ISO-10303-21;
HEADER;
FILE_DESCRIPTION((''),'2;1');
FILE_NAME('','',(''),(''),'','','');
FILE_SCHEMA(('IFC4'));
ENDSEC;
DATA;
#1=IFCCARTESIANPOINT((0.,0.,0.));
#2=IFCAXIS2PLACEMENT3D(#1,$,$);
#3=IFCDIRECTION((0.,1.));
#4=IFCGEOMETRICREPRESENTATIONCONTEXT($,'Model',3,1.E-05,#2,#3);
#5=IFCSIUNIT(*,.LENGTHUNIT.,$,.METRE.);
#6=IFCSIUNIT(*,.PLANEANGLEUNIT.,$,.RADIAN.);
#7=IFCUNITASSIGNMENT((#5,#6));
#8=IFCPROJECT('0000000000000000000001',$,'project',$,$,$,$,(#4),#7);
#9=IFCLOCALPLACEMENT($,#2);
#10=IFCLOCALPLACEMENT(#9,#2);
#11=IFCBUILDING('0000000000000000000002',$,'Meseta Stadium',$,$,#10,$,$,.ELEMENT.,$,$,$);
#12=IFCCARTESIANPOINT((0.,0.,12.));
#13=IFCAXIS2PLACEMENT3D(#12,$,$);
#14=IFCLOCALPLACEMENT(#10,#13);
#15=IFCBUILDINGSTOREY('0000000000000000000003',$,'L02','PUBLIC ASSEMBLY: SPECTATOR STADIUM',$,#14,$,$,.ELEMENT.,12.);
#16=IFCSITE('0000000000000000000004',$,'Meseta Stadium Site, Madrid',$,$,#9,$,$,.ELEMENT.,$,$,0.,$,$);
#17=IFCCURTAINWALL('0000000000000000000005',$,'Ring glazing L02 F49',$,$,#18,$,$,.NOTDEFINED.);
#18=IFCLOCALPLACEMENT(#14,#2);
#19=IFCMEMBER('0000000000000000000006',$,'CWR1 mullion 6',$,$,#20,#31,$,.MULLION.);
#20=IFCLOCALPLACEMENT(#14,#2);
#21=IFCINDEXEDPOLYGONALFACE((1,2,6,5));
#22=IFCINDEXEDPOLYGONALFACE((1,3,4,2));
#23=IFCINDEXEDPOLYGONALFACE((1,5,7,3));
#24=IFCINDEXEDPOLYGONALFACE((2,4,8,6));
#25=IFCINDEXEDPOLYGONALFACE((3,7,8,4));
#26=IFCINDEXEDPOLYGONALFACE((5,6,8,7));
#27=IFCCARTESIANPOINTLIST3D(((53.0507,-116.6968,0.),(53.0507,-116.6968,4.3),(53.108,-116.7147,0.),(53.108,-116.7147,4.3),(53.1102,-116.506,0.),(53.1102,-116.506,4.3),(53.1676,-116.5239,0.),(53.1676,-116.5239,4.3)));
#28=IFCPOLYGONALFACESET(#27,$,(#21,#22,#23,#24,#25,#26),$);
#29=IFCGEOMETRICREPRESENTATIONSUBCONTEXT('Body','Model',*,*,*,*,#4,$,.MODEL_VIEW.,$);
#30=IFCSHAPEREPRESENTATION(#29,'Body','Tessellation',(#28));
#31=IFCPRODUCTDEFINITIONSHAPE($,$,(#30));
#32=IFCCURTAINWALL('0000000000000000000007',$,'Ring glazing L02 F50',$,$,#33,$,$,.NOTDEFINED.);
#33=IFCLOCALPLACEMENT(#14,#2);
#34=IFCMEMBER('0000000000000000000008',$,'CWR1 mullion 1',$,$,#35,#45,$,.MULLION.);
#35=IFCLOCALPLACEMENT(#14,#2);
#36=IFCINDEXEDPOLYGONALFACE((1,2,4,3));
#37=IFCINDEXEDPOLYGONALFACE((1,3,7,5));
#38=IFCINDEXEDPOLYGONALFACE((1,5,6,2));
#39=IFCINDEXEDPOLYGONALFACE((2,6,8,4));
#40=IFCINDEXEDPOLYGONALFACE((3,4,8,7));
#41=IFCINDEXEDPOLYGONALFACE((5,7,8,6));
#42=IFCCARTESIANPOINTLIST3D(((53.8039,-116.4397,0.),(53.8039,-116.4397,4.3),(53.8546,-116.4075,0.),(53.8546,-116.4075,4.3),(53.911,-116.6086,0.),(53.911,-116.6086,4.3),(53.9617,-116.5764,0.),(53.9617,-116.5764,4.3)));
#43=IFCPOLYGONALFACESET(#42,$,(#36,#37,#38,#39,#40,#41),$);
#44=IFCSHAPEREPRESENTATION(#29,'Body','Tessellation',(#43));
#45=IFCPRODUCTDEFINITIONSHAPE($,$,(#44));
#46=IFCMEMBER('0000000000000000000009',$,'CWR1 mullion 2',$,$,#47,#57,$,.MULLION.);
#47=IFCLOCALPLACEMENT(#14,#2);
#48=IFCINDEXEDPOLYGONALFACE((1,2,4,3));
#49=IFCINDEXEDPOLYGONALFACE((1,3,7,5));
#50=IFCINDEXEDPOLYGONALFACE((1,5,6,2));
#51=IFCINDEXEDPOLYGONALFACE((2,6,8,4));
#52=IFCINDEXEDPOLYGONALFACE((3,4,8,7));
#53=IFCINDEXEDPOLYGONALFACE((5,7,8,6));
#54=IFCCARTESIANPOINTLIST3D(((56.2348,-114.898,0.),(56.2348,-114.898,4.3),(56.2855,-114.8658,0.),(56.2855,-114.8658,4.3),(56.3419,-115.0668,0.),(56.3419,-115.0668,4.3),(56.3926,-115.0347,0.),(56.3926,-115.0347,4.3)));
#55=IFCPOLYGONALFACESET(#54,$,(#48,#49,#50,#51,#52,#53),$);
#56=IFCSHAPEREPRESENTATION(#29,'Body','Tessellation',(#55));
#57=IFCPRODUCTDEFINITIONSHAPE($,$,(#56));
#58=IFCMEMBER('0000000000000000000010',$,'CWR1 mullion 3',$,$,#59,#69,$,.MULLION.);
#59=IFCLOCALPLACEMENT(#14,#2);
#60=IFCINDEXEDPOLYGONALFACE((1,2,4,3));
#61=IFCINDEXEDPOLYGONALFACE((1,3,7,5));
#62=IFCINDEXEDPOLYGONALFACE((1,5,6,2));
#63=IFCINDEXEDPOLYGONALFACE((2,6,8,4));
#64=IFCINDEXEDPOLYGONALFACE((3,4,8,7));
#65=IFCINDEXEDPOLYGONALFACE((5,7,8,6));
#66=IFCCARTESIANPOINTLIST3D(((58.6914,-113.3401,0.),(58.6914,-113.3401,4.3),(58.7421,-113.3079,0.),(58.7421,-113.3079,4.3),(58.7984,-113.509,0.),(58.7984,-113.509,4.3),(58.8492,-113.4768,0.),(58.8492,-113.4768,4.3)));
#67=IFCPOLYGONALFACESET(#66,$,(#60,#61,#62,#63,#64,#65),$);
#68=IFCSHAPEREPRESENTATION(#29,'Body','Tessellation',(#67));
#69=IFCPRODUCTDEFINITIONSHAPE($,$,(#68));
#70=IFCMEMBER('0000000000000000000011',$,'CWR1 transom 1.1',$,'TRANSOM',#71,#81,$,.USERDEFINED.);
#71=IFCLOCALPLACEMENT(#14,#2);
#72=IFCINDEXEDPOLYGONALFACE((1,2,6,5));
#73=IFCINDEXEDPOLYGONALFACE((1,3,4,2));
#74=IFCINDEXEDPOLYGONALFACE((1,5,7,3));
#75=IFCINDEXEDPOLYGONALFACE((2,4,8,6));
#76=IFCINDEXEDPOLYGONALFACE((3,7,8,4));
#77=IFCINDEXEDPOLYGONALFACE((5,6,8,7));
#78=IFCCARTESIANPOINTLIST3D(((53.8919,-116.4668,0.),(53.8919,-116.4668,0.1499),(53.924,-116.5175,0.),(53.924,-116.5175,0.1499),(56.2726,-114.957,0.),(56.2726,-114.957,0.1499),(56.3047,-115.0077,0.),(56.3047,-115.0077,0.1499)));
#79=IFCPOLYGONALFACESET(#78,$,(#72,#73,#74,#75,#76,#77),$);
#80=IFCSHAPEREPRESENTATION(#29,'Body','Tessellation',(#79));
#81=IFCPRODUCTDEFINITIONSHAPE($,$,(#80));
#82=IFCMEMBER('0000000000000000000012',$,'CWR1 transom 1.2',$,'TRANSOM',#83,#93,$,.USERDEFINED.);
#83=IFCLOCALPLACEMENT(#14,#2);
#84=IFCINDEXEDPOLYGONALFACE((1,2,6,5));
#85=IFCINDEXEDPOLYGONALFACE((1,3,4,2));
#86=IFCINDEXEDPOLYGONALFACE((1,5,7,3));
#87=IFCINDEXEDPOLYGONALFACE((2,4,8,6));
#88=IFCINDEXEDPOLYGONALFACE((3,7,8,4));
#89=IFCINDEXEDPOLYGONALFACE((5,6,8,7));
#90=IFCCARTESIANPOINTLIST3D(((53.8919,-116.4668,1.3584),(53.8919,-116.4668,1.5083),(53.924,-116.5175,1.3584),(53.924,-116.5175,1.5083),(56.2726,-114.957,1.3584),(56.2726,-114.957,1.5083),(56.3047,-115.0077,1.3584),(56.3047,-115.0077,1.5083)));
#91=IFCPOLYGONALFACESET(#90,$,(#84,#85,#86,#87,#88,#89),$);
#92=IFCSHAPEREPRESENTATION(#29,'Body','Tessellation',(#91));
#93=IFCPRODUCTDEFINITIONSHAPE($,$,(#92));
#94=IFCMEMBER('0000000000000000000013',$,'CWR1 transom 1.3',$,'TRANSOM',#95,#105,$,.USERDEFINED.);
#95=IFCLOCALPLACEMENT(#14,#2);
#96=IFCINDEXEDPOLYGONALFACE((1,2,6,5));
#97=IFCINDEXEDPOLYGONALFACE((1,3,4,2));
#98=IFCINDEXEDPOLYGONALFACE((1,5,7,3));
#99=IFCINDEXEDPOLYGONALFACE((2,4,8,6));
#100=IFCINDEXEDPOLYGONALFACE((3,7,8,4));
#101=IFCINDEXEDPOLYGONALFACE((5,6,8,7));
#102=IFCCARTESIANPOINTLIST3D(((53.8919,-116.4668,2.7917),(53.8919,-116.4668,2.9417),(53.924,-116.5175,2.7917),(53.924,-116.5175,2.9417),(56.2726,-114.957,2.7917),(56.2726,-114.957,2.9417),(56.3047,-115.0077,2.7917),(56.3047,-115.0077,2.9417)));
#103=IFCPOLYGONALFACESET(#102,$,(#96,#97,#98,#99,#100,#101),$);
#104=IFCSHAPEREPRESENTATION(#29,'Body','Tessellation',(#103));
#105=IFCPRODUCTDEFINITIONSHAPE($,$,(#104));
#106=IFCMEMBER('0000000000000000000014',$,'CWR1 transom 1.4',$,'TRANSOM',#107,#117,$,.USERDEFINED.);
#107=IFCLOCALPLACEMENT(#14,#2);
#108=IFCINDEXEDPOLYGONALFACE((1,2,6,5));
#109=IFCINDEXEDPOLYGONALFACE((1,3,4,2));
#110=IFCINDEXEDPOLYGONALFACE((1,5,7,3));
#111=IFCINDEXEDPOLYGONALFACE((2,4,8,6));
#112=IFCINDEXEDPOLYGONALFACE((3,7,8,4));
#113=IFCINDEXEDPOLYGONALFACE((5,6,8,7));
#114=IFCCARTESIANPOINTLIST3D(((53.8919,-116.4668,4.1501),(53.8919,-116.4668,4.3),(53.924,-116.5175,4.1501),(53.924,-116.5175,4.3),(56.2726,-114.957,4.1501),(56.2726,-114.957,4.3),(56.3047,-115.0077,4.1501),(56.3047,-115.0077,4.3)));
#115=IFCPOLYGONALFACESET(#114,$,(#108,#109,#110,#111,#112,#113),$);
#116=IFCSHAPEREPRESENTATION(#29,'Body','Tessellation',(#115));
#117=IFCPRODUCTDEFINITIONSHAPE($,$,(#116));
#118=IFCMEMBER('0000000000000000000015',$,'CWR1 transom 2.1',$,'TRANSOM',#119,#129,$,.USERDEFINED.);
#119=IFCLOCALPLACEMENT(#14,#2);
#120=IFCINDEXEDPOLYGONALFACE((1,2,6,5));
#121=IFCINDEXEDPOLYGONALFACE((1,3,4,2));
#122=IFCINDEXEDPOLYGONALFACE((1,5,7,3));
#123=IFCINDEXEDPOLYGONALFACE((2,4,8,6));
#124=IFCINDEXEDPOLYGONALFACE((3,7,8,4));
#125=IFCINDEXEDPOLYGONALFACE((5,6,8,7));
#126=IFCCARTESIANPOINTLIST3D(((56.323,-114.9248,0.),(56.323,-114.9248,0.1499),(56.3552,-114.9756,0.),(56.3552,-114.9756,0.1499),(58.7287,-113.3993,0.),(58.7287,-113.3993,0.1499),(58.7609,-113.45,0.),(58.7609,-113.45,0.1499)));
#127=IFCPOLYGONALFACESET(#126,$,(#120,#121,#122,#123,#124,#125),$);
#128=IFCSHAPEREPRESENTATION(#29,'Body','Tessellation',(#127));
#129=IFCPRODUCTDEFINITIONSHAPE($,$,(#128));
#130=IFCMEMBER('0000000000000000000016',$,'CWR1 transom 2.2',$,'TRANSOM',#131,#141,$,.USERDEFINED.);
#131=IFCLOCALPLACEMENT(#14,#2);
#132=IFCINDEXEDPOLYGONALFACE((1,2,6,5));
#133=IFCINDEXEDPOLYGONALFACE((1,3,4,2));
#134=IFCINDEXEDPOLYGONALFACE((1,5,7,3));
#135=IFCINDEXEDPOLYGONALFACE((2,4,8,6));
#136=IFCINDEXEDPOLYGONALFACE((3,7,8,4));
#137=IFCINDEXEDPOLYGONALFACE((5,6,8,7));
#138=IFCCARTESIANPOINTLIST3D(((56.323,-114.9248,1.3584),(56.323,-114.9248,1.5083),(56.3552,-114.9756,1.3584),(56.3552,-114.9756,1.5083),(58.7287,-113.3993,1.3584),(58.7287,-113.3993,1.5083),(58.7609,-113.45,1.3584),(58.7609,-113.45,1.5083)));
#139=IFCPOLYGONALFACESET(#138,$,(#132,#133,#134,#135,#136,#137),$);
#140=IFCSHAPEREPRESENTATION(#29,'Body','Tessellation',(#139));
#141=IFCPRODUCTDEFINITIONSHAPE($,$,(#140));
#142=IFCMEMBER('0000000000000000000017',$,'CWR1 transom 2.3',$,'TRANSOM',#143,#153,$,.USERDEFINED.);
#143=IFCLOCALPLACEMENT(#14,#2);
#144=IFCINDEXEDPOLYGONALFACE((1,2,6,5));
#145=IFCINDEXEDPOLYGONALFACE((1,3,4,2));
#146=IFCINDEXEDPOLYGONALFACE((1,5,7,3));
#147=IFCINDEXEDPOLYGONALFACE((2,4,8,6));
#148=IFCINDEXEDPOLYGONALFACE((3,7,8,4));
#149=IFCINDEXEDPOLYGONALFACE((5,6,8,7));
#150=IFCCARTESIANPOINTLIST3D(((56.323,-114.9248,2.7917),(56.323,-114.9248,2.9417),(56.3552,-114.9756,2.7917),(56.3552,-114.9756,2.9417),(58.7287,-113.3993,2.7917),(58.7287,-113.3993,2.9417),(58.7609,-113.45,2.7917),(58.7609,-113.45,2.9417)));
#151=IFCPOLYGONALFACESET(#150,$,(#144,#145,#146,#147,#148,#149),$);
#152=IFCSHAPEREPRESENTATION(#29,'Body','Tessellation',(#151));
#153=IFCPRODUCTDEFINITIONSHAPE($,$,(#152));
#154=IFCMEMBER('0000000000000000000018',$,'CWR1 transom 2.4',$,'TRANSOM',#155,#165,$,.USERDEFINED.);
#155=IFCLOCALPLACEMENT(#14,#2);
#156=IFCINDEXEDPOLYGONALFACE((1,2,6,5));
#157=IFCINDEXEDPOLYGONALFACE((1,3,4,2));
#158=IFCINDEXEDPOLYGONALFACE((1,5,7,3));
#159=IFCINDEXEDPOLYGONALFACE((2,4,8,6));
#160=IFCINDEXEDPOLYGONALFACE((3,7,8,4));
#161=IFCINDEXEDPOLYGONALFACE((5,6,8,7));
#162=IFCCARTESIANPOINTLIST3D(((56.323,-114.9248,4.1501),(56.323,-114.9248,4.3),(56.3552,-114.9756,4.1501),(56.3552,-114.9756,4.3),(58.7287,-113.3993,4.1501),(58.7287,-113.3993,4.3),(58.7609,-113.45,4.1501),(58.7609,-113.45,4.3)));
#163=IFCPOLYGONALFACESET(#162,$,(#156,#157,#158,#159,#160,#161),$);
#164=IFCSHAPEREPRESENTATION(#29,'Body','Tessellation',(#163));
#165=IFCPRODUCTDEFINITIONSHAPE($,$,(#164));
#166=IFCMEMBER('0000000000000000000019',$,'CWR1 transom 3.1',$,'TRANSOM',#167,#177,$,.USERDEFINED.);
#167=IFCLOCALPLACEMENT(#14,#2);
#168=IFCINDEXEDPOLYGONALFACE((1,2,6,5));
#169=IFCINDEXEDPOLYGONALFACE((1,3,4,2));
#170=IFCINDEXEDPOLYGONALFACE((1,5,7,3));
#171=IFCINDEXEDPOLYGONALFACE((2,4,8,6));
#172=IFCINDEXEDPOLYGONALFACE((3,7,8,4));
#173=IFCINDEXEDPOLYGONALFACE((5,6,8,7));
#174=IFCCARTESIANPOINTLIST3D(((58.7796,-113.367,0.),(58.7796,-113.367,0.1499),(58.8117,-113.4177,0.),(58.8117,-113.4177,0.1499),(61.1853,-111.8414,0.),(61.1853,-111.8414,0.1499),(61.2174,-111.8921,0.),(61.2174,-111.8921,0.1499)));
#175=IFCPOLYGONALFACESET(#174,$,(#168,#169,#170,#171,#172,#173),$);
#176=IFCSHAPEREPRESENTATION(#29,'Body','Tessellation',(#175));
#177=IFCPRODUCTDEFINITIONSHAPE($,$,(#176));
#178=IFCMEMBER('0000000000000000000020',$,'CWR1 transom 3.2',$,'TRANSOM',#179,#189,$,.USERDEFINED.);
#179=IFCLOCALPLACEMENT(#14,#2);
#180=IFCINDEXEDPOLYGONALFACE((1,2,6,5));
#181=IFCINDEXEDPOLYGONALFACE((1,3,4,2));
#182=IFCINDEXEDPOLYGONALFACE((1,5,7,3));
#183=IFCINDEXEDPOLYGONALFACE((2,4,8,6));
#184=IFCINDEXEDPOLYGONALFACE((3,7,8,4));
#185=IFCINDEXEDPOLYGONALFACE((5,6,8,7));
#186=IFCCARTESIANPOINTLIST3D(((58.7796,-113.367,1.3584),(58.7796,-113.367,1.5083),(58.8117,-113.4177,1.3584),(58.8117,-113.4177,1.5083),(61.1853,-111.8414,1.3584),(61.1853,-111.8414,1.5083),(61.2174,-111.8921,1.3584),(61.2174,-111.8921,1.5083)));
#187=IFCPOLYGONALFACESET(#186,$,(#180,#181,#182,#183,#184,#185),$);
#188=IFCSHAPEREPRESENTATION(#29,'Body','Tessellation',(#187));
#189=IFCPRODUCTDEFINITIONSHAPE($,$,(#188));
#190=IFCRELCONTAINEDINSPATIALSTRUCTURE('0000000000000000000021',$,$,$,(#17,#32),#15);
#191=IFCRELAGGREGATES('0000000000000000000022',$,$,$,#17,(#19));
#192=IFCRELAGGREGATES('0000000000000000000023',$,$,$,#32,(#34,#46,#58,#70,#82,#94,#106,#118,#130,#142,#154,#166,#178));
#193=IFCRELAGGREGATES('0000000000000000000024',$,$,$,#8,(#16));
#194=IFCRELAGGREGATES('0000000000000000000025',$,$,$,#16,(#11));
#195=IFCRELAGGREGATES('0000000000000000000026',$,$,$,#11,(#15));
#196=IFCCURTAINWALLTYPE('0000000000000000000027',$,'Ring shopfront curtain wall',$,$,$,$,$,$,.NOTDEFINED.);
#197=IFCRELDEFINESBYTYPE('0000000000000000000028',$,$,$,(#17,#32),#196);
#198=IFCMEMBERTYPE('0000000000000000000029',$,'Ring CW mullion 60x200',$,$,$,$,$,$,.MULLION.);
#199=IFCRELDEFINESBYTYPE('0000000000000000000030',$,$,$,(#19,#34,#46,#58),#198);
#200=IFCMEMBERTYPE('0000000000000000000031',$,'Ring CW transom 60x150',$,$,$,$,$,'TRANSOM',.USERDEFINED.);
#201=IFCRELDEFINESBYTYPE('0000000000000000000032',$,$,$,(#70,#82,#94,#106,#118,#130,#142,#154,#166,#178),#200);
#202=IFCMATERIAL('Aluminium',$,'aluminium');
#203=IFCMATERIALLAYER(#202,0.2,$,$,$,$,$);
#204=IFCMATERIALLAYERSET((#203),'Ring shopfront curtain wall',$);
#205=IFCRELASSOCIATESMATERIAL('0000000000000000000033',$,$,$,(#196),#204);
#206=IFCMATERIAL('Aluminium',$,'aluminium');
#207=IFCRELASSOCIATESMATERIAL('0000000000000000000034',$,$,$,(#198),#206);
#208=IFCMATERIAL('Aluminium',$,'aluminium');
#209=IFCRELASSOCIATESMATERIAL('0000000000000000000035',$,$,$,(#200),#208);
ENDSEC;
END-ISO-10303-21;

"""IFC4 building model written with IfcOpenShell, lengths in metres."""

from ifc_helpers import new_model, si_unit, direction, frame, origin, origin_2d, place, context, subcontext, project, spatial, rectangle, extrude, material, layer, layer_set, material_profile, profile_set, type_object, element, aggregate, save


model = new_model("IFC4")

# Units and contexts
model_context = context("Model", 3, precision=1e-05, world=origin(), true_north=direction((0.0, 1.0)))
body_context = subcontext(model_context, "Body", "Model", "MODEL_VIEW")
ifc_project = project(units=[si_unit("LENGTHUNIT", "METRE"), si_unit("PLANEANGLEUNIT", "RADIAN")], contexts=[model_context])

# Site, building, storey
site_placement = place(None, origin())
site = spatial("IfcSite", under=ifc_project, at=site_placement, Name="Meseta Stadium Site, Madrid", CompositionType="ELEMENT", RefElevation=0.0)
building_placement = place(site_placement, origin())
building = spatial("IfcBuilding", under=site, at=building_placement, Name="Meseta Stadium", CompositionType="ELEMENT")
storey_placement = place(building_placement, frame((0.0, 0.0, 12.0)))
storey = spatial("IfcBuildingStorey", under=building, at=storey_placement, Name="L02", Description="PUBLIC ASSEMBLY: SPECTATOR STADIUM", CompositionType="ELEMENT", Elevation=12.0)

# Curtain wall, member
ifc_material_1 = material(Name="Aluminium", Category="aluminium")
ifc_layer_1 = layer(ifc_material_1, 0.2)
ifc_layer_set_1 = layer_set([ifc_layer_1], Name="Ring shopfront curtain wall")
curtain_wall_type = type_object("IfcCurtainWallType", Name="Ring shopfront curtain wall", PredefinedType="NOTDEFINED", material=ifc_layer_set_1)
curtain_wall_1_placement = place(storey_placement, origin())
curtain_wall_1 = element("IfcCurtainWall", 1, at=curtain_wall_1_placement, inside=storey, type_object=curtain_wall_type, Name="Ring glazing L02 F49", PredefinedType="NOTDEFINED")
ifc_material_2 = material(Name="Aluminium", Category="aluminium")
ifc_material_profile_1 = material_profile(ifc_material_2, rectangle(XDim=0.2, YDim=0.0601, at=origin_2d()), Name="CW 200x60")
ifc_profile_set_1 = profile_set([ifc_material_profile_1], Name="Aluminium")
member_type_1 = type_object("IfcMemberType", Name="Ring CW mullion 60x200", PredefinedType="MULLION", material=ifc_profile_set_1)
member_1_placement = place(storey_placement, frame((53.1091, -116.6104, 0.0), z_axis=(0.0, 0.0, 1.0), x_axis=(0.297861, 0.954609, 0.0)))
member_1 = element("IfcMember", 2, at=member_1_placement, type_object=member_type_1, Name="CWR1 mullion 6", PredefinedType="MULLION", context=body_context, shape_type="SweptSolid", body=[
    extrude(rectangle(XDim=0.2, YDim=0.0601, at=origin_2d()), origin(), (0.0, 0.0, 1.0), 4.3),
])
aggregate(curtain_wall_1, [member_1])

# Curtain wall, members
curtain_wall_2_placement = place(storey_placement, origin())
curtain_wall_2 = element("IfcCurtainWall", 3, at=curtain_wall_2_placement, inside=storey, type_object=curtain_wall_type, Name="Ring glazing L02 F50", PredefinedType="NOTDEFINED")
member_2_placement = place(storey_placement, frame((53.8828, -116.5081, 0.0), z_axis=(0.0, 0.0, 1.0), x_axis=(-0.535569, 0.844491, 0.0)))
member_2 = element("IfcMember", 4, at=member_2_placement, type_object=member_type_1, Name="CWR1 mullion 1", PredefinedType="MULLION", context=body_context, shape_type="SweptSolid", body=[
    extrude(rectangle(XDim=0.2, YDim=0.0601, at=origin_2d()), origin(), (0.0, 0.0, 1.0), 4.3),
])
member_3_placement = place(storey_placement, frame((56.3137, -114.9663, 0.0), z_axis=(0.0, 0.0, 1.0), x_axis=(-0.535569, 0.844491, 0.0)))
member_3 = element("IfcMember", 5, at=member_3_placement, type_object=member_type_1, Name="CWR1 mullion 2", PredefinedType="MULLION", context=body_context, shape_type="SweptSolid", body=[
    extrude(rectangle(XDim=0.2, YDim=0.0601, at=origin_2d()), origin(), (0.0, 0.0, 1.0), 4.3),
])
member_4_placement = place(storey_placement, frame((58.7703, -113.4084, 0.0), z_axis=(0.0, 0.0, 1.0), x_axis=(-0.535569, 0.844491, 0.0)))
member_4 = element("IfcMember", 6, at=member_4_placement, type_object=member_type_1, Name="CWR1 mullion 3", PredefinedType="MULLION", context=body_context, shape_type="SweptSolid", body=[
    extrude(rectangle(XDim=0.2, YDim=0.0601, at=origin_2d()), origin(), (0.0, 0.0, 1.0), 4.3),
])
ifc_material_3 = material(Name="Aluminium", Category="aluminium")
ifc_material_profile_2 = material_profile(ifc_material_3, rectangle(XDim=0.0601, YDim=0.1499, at=origin_2d()), Name="CW 60x150")
ifc_profile_set_2 = profile_set([ifc_material_profile_2], Name="Aluminium")
member_type_2 = type_object("IfcMemberType", Name="Ring CW transom 60x150", ElementType="TRANSOM", PredefinedType="USERDEFINED", material=ifc_profile_set_2)
member_5_placement = place(storey_placement, frame((53.908, -116.4922, 0.075), z_axis=(0.844491, 0.535569, 0.0), x_axis=(-0.535569, 0.844491, 0.0)))
member_5 = element("IfcMember", 7, at=member_5_placement, type_object=member_type_2, Name="CWR1 transom 1.1", ObjectType="TRANSOM", PredefinedType="USERDEFINED", context=body_context, shape_type="SweptSolid", body=[
    extrude(rectangle(XDim=0.0601, YDim=0.1499, at=origin_2d()), origin(), (0.0, 0.0, 1.0), 2.8191),
])
member_6_placement = place(storey_placement, frame((53.908, -116.4922, 1.4333), z_axis=(0.844491, 0.535569, 0.0), x_axis=(-0.535569, 0.844491, 0.0)))
member_6 = element("IfcMember", 8, at=member_6_placement, type_object=member_type_2, Name="CWR1 transom 1.2", ObjectType="TRANSOM", PredefinedType="USERDEFINED", context=body_context, shape_type="SweptSolid", body=[
    extrude(rectangle(XDim=0.0601, YDim=0.1499, at=origin_2d()), origin(), (0.0, 0.0, 1.0), 2.8191),
])
member_7_placement = place(storey_placement, frame((53.908, -116.4922, 2.8667), z_axis=(0.844491, 0.535569, 0.0), x_axis=(-0.535569, 0.844491, 0.0)))
member_7 = element("IfcMember", 9, at=member_7_placement, type_object=member_type_2, Name="CWR1 transom 1.3", ObjectType="TRANSOM", PredefinedType="USERDEFINED", context=body_context, shape_type="SweptSolid", body=[
    extrude(rectangle(XDim=0.0601, YDim=0.1499, at=origin_2d()), origin(), (0.0, 0.0, 1.0), 2.8191),
])
member_8_placement = place(storey_placement, frame((53.908, -116.4922, 4.2251), z_axis=(0.844491, 0.535569, 0.0), x_axis=(-0.535569, 0.844491, 0.0)))
member_8 = element("IfcMember", 10, at=member_8_placement, type_object=member_type_2, Name="CWR1 transom 1.4", ObjectType="TRANSOM", PredefinedType="USERDEFINED", context=body_context, shape_type="SweptSolid", body=[
    extrude(rectangle(XDim=0.0601, YDim=0.1499, at=origin_2d()), origin(), (0.0, 0.0, 1.0), 2.8191),
])
member_9_placement = place(storey_placement, frame((56.3391, -114.9502, 0.075), z_axis=(0.844504, 0.535549, 0.0), x_axis=(-0.535549, 0.844504, 0.0)))
member_9 = element("IfcMember", 11, at=member_9_placement, type_object=member_type_2, Name="CWR1 transom 2.1", ObjectType="TRANSOM", PredefinedType="USERDEFINED", context=body_context, shape_type="SweptSolid", body=[
    extrude(rectangle(XDim=0.0601, YDim=0.1499, at=origin_2d()), origin(), (0.0, 0.0, 1.0), 2.8486),
])
member_10_placement = place(storey_placement, frame((56.3391, -114.9502, 1.4333), z_axis=(0.844504, 0.535549, 0.0), x_axis=(-0.535549, 0.844504, 0.0)))
member_10 = element("IfcMember", 12, at=member_10_placement, type_object=member_type_2, Name="CWR1 transom 2.2", ObjectType="TRANSOM", PredefinedType="USERDEFINED", context=body_context, shape_type="SweptSolid", body=[
    extrude(rectangle(XDim=0.0601, YDim=0.1499, at=origin_2d()), origin(), (0.0, 0.0, 1.0), 2.8486),
])
member_11_placement = place(storey_placement, frame((56.3391, -114.9502, 2.8667), z_axis=(0.844504, 0.535549, 0.0), x_axis=(-0.535549, 0.844504, 0.0)))
member_11 = element("IfcMember", 13, at=member_11_placement, type_object=member_type_2, Name="CWR1 transom 2.3", ObjectType="TRANSOM", PredefinedType="USERDEFINED", context=body_context, shape_type="SweptSolid", body=[
    extrude(rectangle(XDim=0.0601, YDim=0.1499, at=origin_2d()), origin(), (0.0, 0.0, 1.0), 2.8486),
])
member_12_placement = place(storey_placement, frame((56.3391, -114.9502, 4.2251), z_axis=(0.844504, 0.535549, 0.0), x_axis=(-0.535549, 0.844504, 0.0)))
member_12 = element("IfcMember", 14, at=member_12_placement, type_object=member_type_2, Name="CWR1 transom 2.4", ObjectType="TRANSOM", PredefinedType="USERDEFINED", context=body_context, shape_type="SweptSolid", body=[
    extrude(rectangle(XDim=0.0601, YDim=0.1499, at=origin_2d()), origin(), (0.0, 0.0, 1.0), 2.8486),
])
member_13_placement = place(storey_placement, frame((58.7957, -113.3923, 0.075), z_axis=(0.844504, 0.535549, 0.0), x_axis=(-0.535549, 0.844504, 0.0)))
member_13 = element("IfcMember", 15, at=member_13_placement, type_object=member_type_2, Name="CWR1 transom 3.1", ObjectType="TRANSOM", PredefinedType="USERDEFINED", context=body_context, shape_type="SweptSolid", body=[
    extrude(rectangle(XDim=0.0601, YDim=0.1499, at=origin_2d()), origin(), (0.0, 0.0, 1.0), 2.8486),
])
member_14_placement = place(storey_placement, frame((58.7957, -113.3923, 1.4333), z_axis=(0.844504, 0.535549, 0.0), x_axis=(-0.535549, 0.844504, 0.0)))
member_14 = element("IfcMember", 16, at=member_14_placement, type_object=member_type_2, Name="CWR1 transom 3.2", ObjectType="TRANSOM", PredefinedType="USERDEFINED", context=body_context, shape_type="SweptSolid", body=[
    extrude(rectangle(XDim=0.0601, YDim=0.1499, at=origin_2d()), origin(), (0.0, 0.0, 1.0), 2.8486),
])
aggregate(curtain_wall_2, [member_2, member_3, member_4, member_5, member_6, member_7, member_8, member_9, member_10, member_11, member_12, member_13, member_14])

save(model, "model.ifc")
